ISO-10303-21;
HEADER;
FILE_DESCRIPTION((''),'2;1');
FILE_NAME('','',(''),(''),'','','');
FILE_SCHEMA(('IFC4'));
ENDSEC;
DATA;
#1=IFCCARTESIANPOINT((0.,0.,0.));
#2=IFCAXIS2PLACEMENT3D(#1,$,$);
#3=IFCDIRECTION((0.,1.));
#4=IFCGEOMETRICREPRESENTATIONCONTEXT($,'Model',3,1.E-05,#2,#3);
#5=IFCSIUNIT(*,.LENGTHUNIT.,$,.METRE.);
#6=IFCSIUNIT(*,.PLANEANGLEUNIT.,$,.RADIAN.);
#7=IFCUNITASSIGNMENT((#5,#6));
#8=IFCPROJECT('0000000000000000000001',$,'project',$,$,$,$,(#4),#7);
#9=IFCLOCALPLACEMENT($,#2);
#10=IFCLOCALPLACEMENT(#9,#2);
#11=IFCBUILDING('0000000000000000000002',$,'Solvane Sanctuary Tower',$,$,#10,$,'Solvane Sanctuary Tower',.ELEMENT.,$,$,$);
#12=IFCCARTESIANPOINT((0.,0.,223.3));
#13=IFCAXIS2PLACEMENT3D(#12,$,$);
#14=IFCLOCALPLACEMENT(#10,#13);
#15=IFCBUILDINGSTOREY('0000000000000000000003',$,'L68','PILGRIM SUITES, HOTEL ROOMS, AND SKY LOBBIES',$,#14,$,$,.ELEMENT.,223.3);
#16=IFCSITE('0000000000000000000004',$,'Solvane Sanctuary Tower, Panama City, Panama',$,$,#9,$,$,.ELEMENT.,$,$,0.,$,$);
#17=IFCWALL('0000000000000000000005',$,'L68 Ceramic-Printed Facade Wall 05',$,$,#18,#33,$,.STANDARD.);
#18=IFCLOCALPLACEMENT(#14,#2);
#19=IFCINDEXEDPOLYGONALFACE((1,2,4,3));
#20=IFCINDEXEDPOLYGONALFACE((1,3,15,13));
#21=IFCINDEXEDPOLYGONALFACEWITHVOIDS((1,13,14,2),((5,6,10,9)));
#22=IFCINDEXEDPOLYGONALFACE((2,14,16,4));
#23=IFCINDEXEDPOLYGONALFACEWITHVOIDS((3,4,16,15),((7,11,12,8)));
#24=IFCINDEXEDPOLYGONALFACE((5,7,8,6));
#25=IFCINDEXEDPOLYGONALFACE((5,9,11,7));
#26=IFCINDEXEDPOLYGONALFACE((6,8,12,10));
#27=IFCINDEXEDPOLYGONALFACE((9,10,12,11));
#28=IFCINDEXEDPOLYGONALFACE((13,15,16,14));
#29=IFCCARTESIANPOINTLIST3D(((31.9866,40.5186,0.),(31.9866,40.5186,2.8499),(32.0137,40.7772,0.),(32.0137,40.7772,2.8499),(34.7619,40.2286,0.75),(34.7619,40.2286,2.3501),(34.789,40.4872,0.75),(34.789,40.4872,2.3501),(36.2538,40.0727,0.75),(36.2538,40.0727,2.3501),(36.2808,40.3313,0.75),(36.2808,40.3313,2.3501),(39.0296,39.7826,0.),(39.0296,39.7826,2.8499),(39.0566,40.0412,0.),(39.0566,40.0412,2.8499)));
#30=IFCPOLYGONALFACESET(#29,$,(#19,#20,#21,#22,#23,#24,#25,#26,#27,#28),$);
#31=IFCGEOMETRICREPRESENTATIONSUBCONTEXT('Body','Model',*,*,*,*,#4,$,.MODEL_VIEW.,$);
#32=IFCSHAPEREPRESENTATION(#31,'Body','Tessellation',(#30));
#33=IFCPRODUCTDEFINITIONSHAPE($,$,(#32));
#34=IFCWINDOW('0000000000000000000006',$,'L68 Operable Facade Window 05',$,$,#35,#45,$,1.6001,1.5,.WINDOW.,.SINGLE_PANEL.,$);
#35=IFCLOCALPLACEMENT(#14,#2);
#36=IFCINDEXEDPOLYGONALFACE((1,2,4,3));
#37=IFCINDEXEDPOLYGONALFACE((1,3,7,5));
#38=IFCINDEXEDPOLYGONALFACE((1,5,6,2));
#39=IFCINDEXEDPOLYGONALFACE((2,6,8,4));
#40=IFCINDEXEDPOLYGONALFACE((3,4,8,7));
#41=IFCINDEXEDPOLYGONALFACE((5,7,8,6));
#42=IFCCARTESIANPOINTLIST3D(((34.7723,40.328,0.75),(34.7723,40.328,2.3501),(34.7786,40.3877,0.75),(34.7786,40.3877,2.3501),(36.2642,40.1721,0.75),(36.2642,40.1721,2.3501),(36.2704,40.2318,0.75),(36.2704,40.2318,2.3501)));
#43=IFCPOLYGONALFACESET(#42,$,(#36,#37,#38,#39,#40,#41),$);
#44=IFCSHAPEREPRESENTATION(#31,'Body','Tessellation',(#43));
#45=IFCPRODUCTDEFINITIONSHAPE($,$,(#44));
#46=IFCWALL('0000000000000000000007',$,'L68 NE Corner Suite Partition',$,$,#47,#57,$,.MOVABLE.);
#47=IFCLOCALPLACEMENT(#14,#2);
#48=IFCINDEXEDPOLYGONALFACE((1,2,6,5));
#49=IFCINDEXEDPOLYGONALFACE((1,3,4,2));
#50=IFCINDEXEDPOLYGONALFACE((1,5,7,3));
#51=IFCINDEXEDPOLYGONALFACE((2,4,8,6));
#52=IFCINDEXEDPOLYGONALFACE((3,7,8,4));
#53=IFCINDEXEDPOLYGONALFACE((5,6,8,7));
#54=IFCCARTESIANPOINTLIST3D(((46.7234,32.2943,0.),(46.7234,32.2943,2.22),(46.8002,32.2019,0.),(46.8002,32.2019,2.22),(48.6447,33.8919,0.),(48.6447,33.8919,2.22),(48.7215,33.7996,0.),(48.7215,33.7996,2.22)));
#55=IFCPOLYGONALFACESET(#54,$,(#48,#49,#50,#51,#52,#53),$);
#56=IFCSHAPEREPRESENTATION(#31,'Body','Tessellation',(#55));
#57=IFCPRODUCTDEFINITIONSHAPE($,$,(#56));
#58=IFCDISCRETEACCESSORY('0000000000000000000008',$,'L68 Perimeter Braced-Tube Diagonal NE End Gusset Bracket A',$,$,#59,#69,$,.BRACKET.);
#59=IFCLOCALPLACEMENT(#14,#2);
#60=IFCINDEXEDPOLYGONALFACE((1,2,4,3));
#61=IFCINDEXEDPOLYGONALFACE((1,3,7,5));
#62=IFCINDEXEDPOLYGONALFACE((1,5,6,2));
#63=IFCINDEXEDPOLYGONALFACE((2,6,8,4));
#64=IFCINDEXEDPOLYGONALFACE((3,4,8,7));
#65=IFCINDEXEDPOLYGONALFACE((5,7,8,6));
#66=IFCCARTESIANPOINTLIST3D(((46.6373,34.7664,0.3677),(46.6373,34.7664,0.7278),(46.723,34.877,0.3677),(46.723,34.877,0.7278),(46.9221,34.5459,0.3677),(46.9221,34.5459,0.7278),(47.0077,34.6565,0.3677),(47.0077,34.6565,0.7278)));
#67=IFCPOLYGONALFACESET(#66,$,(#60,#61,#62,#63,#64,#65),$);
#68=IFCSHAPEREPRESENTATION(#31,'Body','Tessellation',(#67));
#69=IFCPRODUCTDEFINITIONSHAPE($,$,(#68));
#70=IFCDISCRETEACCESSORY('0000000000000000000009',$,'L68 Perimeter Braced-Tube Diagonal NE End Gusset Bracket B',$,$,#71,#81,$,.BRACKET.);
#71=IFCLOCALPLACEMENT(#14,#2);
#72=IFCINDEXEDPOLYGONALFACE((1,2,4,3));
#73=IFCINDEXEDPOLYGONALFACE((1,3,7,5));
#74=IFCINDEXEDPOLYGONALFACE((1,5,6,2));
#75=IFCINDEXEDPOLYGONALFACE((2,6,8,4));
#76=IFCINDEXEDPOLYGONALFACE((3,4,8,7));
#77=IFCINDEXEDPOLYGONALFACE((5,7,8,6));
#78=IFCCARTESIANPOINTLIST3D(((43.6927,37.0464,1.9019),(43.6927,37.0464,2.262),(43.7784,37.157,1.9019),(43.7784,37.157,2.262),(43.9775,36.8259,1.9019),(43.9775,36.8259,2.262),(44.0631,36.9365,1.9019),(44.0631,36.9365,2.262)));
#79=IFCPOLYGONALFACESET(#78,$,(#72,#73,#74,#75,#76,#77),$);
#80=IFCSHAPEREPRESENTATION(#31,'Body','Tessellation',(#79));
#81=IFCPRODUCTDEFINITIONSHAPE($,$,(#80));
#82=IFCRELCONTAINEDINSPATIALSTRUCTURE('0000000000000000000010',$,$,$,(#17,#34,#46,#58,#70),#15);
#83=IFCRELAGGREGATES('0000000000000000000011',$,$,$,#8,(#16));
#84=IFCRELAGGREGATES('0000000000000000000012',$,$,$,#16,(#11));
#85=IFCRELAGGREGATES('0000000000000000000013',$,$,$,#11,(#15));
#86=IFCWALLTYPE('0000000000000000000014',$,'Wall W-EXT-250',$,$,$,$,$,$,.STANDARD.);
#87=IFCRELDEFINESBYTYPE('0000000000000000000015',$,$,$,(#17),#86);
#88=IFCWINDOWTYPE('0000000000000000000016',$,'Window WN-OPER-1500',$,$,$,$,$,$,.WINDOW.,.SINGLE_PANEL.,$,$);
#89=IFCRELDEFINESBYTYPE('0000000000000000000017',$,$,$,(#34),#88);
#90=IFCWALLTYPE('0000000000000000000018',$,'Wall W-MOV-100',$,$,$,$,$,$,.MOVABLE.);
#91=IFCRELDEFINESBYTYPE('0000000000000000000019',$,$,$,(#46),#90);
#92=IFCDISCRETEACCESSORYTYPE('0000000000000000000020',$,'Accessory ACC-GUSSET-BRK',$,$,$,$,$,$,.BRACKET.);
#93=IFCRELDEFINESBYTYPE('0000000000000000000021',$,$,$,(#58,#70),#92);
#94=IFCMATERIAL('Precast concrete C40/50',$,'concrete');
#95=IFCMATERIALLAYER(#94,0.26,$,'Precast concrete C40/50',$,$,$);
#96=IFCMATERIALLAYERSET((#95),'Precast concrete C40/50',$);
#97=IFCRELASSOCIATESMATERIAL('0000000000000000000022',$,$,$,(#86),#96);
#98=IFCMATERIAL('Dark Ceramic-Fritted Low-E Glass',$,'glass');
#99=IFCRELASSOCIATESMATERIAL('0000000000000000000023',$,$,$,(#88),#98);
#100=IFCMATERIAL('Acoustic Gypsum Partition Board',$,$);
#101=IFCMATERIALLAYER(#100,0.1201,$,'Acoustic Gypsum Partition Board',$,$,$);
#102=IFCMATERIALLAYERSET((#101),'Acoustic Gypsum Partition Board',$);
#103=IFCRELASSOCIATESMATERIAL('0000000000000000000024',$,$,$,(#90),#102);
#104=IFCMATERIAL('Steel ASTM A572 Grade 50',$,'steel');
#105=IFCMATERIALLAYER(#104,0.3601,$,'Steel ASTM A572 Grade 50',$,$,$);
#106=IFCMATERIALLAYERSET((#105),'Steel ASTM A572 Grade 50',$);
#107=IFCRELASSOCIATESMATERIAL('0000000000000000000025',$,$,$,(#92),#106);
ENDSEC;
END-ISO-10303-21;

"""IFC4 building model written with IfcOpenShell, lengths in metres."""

from ifc_helpers import new_model, si_unit, direction, frame, frame_2d, origin, origin_2d, place, context, subcontext, project, spatial, rectangle, extrude, material, layer, layer_set, type_object, element, fill, save


model = new_model("IFC4")

# Units and contexts
model_context = context("Model", 3, precision=1e-05, world=origin(), true_north=direction((0.0, 1.0)))
body_context = subcontext(model_context, "Body", "Model", "MODEL_VIEW")
ifc_project = project(units=[si_unit("LENGTHUNIT", "METRE"), si_unit("PLANEANGLEUNIT", "RADIAN")], contexts=[model_context])

# Site, building, storey
site_placement = place(None, origin())
site = spatial("IfcSite", under=ifc_project, at=site_placement, Name="Solvane Sanctuary Tower, Panama City, Panama", CompositionType="ELEMENT", RefElevation=0.0)
building_placement = place(site_placement, origin())
building = spatial("IfcBuilding", under=site, at=building_placement, Name="Solvane Sanctuary Tower", LongName="Solvane Sanctuary Tower", CompositionType="ELEMENT")
storey_placement = place(building_placement, frame((0.0, 0.0, 223.3)))
storey = spatial("IfcBuildingStorey", under=building, at=storey_placement, Name="L68", Description="PILGRIM SUITES, HOTEL ROOMS, AND SKY LOBBIES", CompositionType="ELEMENT", Elevation=223.3)

# Shared definitions
ifc_material_1 = material(Name="Acoustic Gypsum Partition Board")

# Shared definitions
ifc_material_2 = material(Name="Precast concrete C40/50", Category="concrete")
ifc_layer_1 = layer(ifc_material_2, 0.26, Name="Precast concrete C40/50")
ifc_layer_set_1 = layer_set([ifc_layer_1], Name="Precast concrete C40/50")
wall_type_1 = type_object("IfcWallType", Name="Wall W-EXT-250", PredefinedType="STANDARD", material=ifc_layer_set_1)
ifc_material_3 = material(Name="Dark Ceramic-Fritted Low-E Glass", Category="glass")

# Wall, opening, window
wall_1_placement = place(storey_placement, frame((39.043, 39.9119, 0.0), z_axis=(0.0, 0.0, 1.0), x_axis=(-0.994583, 0.103947, 0.0)))
wall_1 = element("IfcWall", 1, at=wall_1_placement, inside=storey, type_object=wall_type_1, Name="L68 Ceramic-Printed Facade Wall 05", PredefinedType="STANDARD", context=body_context, shape_type="SweptSolid", body=[
    extrude(rectangle(XDim=7.0813, YDim=0.26, at=frame_2d((3.5405, 0.0))), origin(), (0.0, 0.0, 1.0), 2.8499),
])
opening_1_placement = place(wall_1_placement, frame((2.7908, 0.0, 0.75)))
opening_1 = element("IfcOpeningElement", 2, at=opening_1_placement, cuts=wall_1, PredefinedType="OPENING", context=body_context, shape_type="SweptSolid", body=[
    extrude(rectangle(XDim=1.5, YDim=1.6001, at=frame_2d((0.75, 0.8))), frame((0.0, 0.1399, 0.0), z_axis=(0.0, -1.0, 0.0), x_axis=(1.0, 0.0, 0.0)), (0.0, 0.0, 1.0), 0.28),
])
window_type_1 = type_object("IfcWindowType", Name="Window WN-OPER-1500", PartitioningType="SINGLE_PANEL", PredefinedType="WINDOW", material=ifc_material_3)
window_1_placement = place(opening_1_placement, origin())
window_1 = element("IfcWindow", 3, at=window_1_placement, inside=storey, type_object=window_type_1, Name="L68 Operable Facade Window 05", OverallHeight=1.6001, OverallWidth=1.5, PartitioningType="SINGLE_PANEL", PredefinedType="WINDOW", context=body_context, shape_type="SweptSolid", body=[
    extrude(rectangle(XDim=1.5, YDim=1.6001, at=frame_2d((0.75, 0.8))), frame((0.0, 0.03, 0.0), z_axis=(0.0, -1.0, 0.0), x_axis=(1.0, 0.0, 0.0)), (0.0, 0.0, 1.0), 0.0601),
])
fill(opening_1, window_1)

# Wall
ifc_layer_2 = layer(ifc_material_1, 0.1201, Name="Acoustic Gypsum Partition Board")
ifc_layer_set_2 = layer_set([ifc_layer_2], Name="Acoustic Gypsum Partition Board")
wall_type_2 = type_object("IfcWallType", Name="Wall W-MOV-100", PredefinedType="MOVABLE", material=ifc_layer_set_2)
wall_2_placement = place(storey_placement, frame((46.7617, 32.248, 0.0), z_axis=(0.0, 0.0, 1.0), x_axis=(0.76891, 0.639358, 0.0)))
element("IfcWall", 4, at=wall_2_placement, inside=storey, type_object=wall_type_2, Name="L68 NE Corner Suite Partition", PredefinedType="MOVABLE", context=body_context, shape_type="SweptSolid", body=[
    extrude(rectangle(XDim=2.4988, YDim=0.1201, at=frame_2d((1.2495, 0.0))), origin(), (0.0, 0.0, 1.0), 2.22),
])

# Discrete accessories
ifc_material_4 = material(Name="Steel ASTM A572 Grade 50", Category="steel")
ifc_layer_3 = layer(ifc_material_4, 0.3601, Name="Steel ASTM A572 Grade 50")
ifc_layer_set_3 = layer_set([ifc_layer_3], Name="Steel ASTM A572 Grade 50")
discrete_accessory_type = type_object("IfcDiscreteAccessoryType", Name="Accessory ACC-GUSSET-BRK", PredefinedType="BRACKET", material=ifc_layer_set_3)
for number, where, z_axis, x_axis, name in (
    (5, (46.8225, 34.7114, 0.3677), (0.0, 0.0, 1.0), (-0.79069, 0.612217, 0.0), "L68 Perimeter Braced-Tube Diagonal NE End Gusset Bracket A"),
    (6, (43.8779, 36.9915, 1.9019), (0.0, 0.0, 1.0), (-0.79069, 0.612217, 0.0), "L68 Perimeter Braced-Tube Diagonal NE End Gusset Bracket B"),
):
    element("IfcDiscreteAccessory", number, at=place(storey_placement, frame(where, z_axis=z_axis, x_axis=x_axis)), inside=storey, type_object=discrete_accessory_type, Name=name, PredefinedType="BRACKET", context=body_context, shape_type="SweptSolid", body=[
        extrude(rectangle(XDim=0.3601, YDim=0.1399, at=origin_2d()), origin(), (0.0, 0.0, 1.0), 0.3601),
    ])

save(model, "model.ifc")
